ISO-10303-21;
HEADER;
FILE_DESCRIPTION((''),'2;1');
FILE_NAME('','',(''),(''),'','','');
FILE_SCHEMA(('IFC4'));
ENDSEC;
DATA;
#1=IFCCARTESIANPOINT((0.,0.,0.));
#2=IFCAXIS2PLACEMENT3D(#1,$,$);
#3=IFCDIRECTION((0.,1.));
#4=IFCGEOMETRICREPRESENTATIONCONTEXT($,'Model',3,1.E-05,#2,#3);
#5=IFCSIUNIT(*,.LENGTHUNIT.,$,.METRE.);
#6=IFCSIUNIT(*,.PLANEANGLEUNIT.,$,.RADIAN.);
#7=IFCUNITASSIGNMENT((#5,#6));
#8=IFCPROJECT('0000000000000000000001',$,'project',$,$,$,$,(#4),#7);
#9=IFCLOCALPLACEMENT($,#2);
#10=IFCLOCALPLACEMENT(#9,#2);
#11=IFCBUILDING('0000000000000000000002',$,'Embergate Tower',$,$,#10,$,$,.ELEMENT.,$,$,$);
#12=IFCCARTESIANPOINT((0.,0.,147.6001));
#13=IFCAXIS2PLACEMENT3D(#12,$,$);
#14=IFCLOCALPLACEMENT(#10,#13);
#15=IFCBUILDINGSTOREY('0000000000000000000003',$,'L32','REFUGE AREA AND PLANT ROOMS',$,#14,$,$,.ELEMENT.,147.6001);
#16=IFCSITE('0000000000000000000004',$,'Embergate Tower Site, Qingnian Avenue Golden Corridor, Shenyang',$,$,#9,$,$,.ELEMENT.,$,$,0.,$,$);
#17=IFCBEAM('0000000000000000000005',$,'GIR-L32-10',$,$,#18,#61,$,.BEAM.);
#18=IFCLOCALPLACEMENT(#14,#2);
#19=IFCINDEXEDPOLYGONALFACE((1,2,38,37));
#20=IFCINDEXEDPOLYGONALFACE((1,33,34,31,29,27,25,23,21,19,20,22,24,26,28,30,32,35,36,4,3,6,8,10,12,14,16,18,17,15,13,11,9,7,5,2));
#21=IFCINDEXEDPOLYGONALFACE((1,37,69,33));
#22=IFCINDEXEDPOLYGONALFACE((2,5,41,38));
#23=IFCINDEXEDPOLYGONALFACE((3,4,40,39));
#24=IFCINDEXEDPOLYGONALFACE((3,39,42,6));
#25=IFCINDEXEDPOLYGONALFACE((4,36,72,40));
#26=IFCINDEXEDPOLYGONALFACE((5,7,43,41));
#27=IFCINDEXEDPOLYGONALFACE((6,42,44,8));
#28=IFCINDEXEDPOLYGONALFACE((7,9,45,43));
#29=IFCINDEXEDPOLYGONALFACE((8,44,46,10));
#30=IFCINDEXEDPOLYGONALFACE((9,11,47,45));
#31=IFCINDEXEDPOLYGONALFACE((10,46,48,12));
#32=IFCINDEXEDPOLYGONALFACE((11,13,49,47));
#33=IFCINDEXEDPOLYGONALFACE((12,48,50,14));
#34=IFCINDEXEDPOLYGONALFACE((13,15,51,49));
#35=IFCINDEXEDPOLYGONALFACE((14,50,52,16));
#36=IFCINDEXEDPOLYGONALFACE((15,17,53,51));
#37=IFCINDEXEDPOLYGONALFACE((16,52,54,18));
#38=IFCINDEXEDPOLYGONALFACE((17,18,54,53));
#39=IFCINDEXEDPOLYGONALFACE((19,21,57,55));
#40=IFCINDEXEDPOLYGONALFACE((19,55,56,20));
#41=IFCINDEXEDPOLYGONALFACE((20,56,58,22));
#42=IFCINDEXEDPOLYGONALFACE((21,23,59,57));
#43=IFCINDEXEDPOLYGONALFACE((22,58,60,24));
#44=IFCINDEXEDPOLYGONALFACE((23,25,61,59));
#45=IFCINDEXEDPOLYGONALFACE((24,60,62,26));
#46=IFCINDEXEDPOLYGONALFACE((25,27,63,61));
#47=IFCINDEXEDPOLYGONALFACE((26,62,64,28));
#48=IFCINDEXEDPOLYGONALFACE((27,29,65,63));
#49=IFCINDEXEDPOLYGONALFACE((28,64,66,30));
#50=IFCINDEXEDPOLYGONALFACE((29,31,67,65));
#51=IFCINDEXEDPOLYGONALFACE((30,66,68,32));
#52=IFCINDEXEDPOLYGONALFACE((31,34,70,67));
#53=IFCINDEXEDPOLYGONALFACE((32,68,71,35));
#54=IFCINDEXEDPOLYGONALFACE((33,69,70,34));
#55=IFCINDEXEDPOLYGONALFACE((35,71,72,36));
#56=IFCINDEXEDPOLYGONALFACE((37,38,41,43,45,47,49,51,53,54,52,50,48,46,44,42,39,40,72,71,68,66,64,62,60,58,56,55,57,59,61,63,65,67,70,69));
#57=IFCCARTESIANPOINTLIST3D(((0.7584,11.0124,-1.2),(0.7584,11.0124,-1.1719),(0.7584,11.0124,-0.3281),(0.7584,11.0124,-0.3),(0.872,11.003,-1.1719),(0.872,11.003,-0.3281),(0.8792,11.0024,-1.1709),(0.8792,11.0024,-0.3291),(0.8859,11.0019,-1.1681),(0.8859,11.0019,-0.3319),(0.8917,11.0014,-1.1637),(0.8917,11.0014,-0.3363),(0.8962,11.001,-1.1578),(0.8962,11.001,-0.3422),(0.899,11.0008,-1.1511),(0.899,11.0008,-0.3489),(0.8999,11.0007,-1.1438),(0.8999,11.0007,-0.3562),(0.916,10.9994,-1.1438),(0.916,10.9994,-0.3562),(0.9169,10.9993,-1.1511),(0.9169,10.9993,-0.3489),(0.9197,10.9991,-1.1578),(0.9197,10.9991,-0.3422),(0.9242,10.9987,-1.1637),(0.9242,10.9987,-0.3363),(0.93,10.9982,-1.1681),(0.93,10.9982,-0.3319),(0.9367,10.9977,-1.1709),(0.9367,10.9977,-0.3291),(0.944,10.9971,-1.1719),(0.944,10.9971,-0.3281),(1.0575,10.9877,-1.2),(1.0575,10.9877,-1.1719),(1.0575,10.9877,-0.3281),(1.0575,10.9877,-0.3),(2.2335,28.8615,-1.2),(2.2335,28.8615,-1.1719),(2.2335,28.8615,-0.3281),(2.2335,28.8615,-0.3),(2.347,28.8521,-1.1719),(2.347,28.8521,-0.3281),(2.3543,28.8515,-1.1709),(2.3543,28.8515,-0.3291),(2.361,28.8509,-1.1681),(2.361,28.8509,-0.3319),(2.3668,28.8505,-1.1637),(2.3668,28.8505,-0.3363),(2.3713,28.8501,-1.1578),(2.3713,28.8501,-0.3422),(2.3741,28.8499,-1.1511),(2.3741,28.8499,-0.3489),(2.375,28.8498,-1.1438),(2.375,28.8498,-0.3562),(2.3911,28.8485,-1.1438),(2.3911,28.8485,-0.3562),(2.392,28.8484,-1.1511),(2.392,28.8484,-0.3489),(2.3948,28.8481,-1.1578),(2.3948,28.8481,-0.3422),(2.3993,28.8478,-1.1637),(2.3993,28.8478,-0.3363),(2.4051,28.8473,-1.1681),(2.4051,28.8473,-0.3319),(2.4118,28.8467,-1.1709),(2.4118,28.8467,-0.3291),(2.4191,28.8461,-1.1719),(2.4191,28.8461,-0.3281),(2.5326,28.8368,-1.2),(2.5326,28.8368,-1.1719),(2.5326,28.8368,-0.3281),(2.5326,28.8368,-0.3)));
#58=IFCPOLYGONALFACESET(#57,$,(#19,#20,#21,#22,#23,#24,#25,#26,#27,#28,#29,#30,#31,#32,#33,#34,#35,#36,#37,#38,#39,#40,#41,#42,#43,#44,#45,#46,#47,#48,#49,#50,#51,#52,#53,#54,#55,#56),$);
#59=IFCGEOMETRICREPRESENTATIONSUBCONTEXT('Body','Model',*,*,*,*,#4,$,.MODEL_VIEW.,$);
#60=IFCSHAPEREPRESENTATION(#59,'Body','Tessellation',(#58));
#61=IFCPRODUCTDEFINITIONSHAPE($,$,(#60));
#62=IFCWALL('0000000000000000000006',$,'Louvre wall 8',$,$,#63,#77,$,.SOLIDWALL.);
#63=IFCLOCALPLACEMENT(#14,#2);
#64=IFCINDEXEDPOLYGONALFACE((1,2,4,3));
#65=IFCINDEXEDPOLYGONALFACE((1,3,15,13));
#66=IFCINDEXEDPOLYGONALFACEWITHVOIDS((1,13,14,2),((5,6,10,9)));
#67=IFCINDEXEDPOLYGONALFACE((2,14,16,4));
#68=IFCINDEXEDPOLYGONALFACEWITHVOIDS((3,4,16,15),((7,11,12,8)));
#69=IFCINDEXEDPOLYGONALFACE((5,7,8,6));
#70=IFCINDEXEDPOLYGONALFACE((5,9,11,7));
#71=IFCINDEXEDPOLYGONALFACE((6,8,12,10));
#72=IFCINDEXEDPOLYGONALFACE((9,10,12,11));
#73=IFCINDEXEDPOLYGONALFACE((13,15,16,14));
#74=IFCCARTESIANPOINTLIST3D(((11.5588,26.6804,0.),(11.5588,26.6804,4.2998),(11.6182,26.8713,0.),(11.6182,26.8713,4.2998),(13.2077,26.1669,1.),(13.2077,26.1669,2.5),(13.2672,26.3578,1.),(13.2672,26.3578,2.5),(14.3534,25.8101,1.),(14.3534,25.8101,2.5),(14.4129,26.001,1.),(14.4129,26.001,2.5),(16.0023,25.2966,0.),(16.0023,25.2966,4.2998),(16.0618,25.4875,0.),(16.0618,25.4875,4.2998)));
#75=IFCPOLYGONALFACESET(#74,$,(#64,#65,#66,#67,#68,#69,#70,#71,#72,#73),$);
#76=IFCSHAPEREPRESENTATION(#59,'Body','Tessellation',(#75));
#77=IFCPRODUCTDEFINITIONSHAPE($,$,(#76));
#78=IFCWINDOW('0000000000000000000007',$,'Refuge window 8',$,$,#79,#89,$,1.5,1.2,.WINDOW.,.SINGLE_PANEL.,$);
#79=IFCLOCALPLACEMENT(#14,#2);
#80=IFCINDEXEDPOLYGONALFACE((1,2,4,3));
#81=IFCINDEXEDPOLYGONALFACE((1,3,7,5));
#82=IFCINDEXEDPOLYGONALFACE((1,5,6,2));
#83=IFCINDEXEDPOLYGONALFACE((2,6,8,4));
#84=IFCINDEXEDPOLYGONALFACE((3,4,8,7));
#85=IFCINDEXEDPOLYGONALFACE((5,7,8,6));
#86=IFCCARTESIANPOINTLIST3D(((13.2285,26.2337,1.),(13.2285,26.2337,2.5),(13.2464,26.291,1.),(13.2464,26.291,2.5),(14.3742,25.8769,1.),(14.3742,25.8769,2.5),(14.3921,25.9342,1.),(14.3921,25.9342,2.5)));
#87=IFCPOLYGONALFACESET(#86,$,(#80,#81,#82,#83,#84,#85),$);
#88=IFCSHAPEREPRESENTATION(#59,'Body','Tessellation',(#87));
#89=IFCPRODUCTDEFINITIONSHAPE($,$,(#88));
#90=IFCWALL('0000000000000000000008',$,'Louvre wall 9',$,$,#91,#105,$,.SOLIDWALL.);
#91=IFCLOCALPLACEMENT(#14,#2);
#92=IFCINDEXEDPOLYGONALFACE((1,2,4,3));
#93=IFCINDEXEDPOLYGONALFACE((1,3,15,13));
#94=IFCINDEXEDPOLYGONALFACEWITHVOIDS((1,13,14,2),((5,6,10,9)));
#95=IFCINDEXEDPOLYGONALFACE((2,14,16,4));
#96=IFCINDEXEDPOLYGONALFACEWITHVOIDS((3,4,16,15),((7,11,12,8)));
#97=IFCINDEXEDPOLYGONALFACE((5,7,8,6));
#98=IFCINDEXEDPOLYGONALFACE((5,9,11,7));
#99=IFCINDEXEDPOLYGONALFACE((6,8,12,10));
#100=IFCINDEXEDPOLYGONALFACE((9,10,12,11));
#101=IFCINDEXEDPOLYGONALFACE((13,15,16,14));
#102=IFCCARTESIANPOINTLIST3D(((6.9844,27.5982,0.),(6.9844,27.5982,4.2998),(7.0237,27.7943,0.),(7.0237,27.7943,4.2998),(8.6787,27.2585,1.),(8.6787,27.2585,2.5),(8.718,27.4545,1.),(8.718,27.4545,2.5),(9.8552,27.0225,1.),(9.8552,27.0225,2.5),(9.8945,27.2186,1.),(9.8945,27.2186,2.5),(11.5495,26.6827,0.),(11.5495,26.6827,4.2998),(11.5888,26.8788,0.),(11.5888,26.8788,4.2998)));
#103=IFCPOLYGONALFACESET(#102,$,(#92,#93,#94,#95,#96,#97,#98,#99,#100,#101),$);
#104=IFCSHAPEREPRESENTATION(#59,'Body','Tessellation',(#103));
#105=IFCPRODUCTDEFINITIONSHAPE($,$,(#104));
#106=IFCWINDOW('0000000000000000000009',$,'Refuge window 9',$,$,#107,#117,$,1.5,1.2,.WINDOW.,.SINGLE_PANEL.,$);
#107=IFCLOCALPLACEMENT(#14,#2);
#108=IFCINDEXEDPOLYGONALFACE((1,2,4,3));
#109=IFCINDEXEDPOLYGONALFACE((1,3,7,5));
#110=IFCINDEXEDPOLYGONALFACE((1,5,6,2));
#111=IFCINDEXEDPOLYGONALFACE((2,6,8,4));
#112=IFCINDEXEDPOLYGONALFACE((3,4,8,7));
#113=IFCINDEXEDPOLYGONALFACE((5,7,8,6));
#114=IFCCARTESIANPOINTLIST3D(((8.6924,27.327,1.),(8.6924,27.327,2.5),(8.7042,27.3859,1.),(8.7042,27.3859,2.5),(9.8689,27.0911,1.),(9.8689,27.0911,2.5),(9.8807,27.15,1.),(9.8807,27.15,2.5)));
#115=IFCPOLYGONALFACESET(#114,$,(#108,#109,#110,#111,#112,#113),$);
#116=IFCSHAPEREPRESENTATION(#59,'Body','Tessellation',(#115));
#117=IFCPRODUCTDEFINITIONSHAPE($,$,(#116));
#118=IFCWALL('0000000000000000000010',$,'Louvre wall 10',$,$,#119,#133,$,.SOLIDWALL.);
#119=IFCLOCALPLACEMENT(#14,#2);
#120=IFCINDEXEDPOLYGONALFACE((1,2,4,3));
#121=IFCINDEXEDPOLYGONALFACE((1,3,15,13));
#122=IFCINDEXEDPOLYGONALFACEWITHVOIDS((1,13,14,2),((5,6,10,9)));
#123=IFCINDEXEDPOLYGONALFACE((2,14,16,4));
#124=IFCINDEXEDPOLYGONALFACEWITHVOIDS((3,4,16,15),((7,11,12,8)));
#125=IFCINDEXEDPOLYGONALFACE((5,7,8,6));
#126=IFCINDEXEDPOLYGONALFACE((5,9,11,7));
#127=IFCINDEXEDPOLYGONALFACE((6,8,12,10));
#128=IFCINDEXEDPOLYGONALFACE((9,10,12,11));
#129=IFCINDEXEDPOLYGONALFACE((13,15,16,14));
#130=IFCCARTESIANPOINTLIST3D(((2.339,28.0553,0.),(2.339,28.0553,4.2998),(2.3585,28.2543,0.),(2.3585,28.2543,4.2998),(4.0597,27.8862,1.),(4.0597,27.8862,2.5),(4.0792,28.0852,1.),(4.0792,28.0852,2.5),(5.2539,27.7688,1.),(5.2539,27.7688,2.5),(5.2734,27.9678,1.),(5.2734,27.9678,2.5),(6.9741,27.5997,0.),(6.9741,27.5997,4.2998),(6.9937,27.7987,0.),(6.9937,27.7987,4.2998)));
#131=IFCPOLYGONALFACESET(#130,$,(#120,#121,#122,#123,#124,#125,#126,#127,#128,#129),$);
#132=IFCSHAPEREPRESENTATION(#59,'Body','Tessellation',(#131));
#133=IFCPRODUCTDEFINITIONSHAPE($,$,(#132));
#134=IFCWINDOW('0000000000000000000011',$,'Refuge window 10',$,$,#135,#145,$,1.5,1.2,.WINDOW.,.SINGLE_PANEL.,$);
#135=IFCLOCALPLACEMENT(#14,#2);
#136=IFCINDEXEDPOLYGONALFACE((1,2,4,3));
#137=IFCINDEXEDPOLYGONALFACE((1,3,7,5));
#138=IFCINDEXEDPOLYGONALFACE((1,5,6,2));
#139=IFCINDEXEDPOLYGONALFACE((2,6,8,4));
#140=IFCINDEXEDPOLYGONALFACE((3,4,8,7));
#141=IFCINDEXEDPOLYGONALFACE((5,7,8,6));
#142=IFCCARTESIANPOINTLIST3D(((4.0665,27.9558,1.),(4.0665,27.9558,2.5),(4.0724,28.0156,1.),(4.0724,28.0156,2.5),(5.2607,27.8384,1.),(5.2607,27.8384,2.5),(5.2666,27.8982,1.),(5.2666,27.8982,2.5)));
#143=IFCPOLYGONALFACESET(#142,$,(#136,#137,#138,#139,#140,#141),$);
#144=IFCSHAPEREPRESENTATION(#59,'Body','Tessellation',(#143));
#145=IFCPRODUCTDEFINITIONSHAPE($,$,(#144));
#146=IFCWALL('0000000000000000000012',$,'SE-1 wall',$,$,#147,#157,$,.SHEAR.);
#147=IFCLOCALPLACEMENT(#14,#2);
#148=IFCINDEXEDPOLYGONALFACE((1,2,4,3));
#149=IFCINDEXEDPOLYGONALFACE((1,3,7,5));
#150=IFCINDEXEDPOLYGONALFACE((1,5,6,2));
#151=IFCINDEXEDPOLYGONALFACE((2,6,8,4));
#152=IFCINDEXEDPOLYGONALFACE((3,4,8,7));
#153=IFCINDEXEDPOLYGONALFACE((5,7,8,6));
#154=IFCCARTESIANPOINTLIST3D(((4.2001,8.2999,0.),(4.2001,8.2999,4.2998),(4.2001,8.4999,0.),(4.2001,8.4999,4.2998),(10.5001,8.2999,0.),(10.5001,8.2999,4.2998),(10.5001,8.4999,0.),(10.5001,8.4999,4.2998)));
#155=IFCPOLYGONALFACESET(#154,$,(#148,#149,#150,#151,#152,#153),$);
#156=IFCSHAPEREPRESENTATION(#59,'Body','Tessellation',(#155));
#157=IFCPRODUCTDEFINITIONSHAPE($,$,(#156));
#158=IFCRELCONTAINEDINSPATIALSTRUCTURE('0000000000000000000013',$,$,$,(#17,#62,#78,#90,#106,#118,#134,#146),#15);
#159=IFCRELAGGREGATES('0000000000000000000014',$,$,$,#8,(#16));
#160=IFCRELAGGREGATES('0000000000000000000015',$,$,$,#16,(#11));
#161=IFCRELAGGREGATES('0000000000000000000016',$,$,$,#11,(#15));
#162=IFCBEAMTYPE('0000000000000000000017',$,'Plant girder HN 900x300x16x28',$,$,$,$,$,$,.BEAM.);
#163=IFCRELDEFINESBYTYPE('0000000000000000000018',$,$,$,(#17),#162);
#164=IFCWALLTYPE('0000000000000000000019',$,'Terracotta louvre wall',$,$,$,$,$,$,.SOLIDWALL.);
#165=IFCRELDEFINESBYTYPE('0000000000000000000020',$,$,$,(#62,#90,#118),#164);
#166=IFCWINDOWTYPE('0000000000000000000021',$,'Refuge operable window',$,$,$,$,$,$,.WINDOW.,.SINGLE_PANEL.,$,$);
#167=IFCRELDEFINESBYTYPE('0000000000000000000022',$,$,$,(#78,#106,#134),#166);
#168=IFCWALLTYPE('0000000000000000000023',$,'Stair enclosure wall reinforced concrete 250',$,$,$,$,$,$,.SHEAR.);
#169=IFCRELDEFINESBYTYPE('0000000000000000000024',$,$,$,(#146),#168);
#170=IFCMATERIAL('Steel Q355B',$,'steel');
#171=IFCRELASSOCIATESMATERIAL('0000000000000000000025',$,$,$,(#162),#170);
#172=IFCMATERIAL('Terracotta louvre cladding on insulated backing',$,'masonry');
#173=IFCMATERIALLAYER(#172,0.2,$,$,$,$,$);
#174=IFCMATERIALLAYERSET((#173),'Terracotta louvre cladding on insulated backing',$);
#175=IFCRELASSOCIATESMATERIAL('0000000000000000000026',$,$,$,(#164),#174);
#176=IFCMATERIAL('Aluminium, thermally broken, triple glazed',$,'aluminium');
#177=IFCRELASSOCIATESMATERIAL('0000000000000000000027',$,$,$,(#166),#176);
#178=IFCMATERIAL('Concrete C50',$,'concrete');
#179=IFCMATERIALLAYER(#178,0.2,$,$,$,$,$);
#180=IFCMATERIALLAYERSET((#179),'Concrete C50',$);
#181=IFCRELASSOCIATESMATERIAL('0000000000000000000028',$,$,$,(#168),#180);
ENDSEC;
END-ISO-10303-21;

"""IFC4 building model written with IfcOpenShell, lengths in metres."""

from ifc_helpers import new_model, si_unit, direction, frame, frame_2d, origin, origin_2d, place, context, subcontext, project, spatial, rectangle, i_section, extrude, source, transform, mapped, material, layer, layer_set, material_profile, profile_set, type_object, element, fill, save


model = new_model("IFC4")

# Units and contexts
model_context = context("Model", 3, precision=1e-05, world=origin(), true_north=direction((0.0, 1.0)))
body_context = subcontext(model_context, "Body", "Model", "MODEL_VIEW")
ifc_project = project(units=[si_unit("LENGTHUNIT", "METRE"), si_unit("PLANEANGLEUNIT", "RADIAN")], contexts=[model_context])

# Site, building, storey
site_placement = place(None, origin())
site = spatial("IfcSite", under=ifc_project, at=site_placement, Name="Embergate Tower Site, Qingnian Avenue Golden Corridor, Shenyang", CompositionType="ELEMENT", RefElevation=0.0)
building_placement = place(site_placement, origin())
building = spatial("IfcBuilding", under=site, at=building_placement, Name="Embergate Tower", CompositionType="ELEMENT")
storey_placement = place(building_placement, frame((0.0, 0.0, 147.6001)))
storey = spatial("IfcBuildingStorey", under=building, at=storey_placement, Name="L32", Description="REFUGE AREA AND PLANT ROOMS", CompositionType="ELEMENT", Elevation=147.6001)

# Beam
ifc_material_1 = material(Name="Steel Q355B", Category="steel")
ifc_material_profile_1 = material_profile(ifc_material_1, i_section(OverallWidth=0.3, OverallDepth=0.8999, WebThickness=0.0161, FlangeThickness=0.0281, FilletRadius=0.0281, at=origin_2d()), Name="HN 900x300x16x28")
ifc_profile_set_1 = profile_set([ifc_material_profile_1], Name="Steel Q355 grade B")
beam_type_1 = type_object("IfcBeamType", Name="Plant girder HN 900x300x16x28", PredefinedType="BEAM", material=ifc_profile_set_1)
shared_shape_1 = source(origin(), body_context, "Body", "SweptSolid", [
    extrude(i_section(OverallWidth=0.3, OverallDepth=0.8999, WebThickness=0.0161, FlangeThickness=0.0281, FilletRadius=0.0281, at=origin_2d()), origin(), (0.0, 0.0, 1.0), 17.9099),
])
beam_1_placement = place(storey_placement, frame((2.3831, 28.8491, -0.75), z_axis=(-0.082362, -0.996602, 0.0), x_axis=(0.996602, -0.082362, 0.0)))
element("IfcBeam", 1, at=beam_1_placement, inside=storey, type_object=beam_type_1, Name="GIR-L32-10", PredefinedType="BEAM", context=body_context, shape_type="MappedRepresentation", body=[
    mapped(shared_shape_1, transform((0.0, 0.0, 0.0))),
])

# Walls, openings, windows
ifc_material_2 = material(Name="Terracotta louvre cladding on insulated backing", Category="masonry")
ifc_layer_1 = layer(ifc_material_2, 0.2)
ifc_layer_set_1 = layer_set([ifc_layer_1], Name="Terracotta louvre cladding on insulated backing")
wall_type_1 = type_object("IfcWallType", Name="Terracotta louvre wall", PredefinedType="SOLIDWALL", material=ifc_layer_set_1)
shared_shape_2 = source(origin(), body_context, "Body", "SweptSolid", [
    extrude(rectangle(XDim=4.6541, YDim=0.2, at=frame_2d((2.3271, 0.0))), origin(), (0.0, 0.0, 1.0), 4.2998),
])
wall_1_placement = place(storey_placement, frame((11.5884, 26.7759, 0.0), z_axis=(0.0, 0.0, 1.0), x_axis=(0.954775, -0.297328, 0.0)))
wall_1 = element("IfcWall", 2, at=wall_1_placement, inside=storey, type_object=wall_type_1, Name="Louvre wall 8", PredefinedType="SOLIDWALL", context=body_context, shape_type="MappedRepresentation", body=[
    mapped(shared_shape_2, transform((0.0, 0.0, 0.0))),
])
shared_shape_3 = source(origin(), body_context, "Body", "SweptSolid", [
    extrude(rectangle(XDim=1.2, YDim=1.5, at=frame_2d((0.6001, 0.75))), frame((0.0, 0.1099, 0.0), z_axis=(0.0, -1.0, 0.0), x_axis=(1.0, 0.0, 0.0)), (0.0, 0.0, 1.0), 0.22),
])
opening_1_placement = place(wall_1_placement, frame((1.7271, 0.0, 1.0)))
opening_1 = element("IfcOpeningElement", 3, at=opening_1_placement, cuts=wall_1, PredefinedType="OPENING", context=body_context, shape_type="MappedRepresentation", body=[
    mapped(shared_shape_3, transform((0.0, 0.0, 0.0))),
])
ifc_material_3 = material(Name="Aluminium, thermally broken, triple glazed", Category="aluminium")
window_type = type_object("IfcWindowType", Name="Refuge operable window", PartitioningType="SINGLE_PANEL", PredefinedType="WINDOW", material=ifc_material_3)
shared_shape_4 = source(origin(), body_context, "Body", "SweptSolid", [
    extrude(rectangle(XDim=1.2, YDim=1.5, at=frame_2d((0.6001, 0.75))), frame((0.0, 0.03, 0.0), z_axis=(0.0, -1.0, 0.0), x_axis=(1.0, 0.0, 0.0)), (0.0, 0.0, 1.0), 0.0601),
])
window_1_placement = place(opening_1_placement, origin())
window_1 = element("IfcWindow", 4, at=window_1_placement, inside=storey, type_object=window_type, Name="Refuge window 8", OverallHeight=1.5, OverallWidth=1.2, PartitioningType="SINGLE_PANEL", PredefinedType="WINDOW", context=body_context, shape_type="MappedRepresentation", body=[
    mapped(shared_shape_4, transform((0.0, 0.0, 0.0))),
])
fill(opening_1, window_1)
shared_shape_5 = source(origin(), body_context, "Body", "SweptSolid", [
    extrude(rectangle(XDim=4.656, YDim=0.2, at=frame_2d((2.3281, 0.0))), origin(), (0.0, 0.0, 1.0), 4.2998),
])
wall_2_placement = place(storey_placement, frame((7.0039, 27.6963, 0.0), z_axis=(0.0, 0.0, 1.0), x_axis=(0.980478, -0.19663, 0.0)))
wall_2 = element("IfcWall", 5, at=wall_2_placement, inside=storey, type_object=wall_type_1, Name="Louvre wall 9", PredefinedType="SOLIDWALL", context=body_context, shape_type="MappedRepresentation", body=[
    mapped(shared_shape_5, transform((0.0, 0.0, 0.0))),
])
opening_2_placement = place(wall_2_placement, frame((1.728, 0.0, 1.0)))
opening_2 = element("IfcOpeningElement", 6, at=opening_2_placement, cuts=wall_2, PredefinedType="OPENING", context=body_context, shape_type="MappedRepresentation", body=[
    mapped(shared_shape_3, transform((0.0, 0.0, 0.0))),
])
window_2_placement = place(opening_2_placement, origin())
window_2 = element("IfcWindow", 7, at=window_2_placement, inside=storey, type_object=window_type, Name="Refuge window 9", OverallHeight=1.5, OverallWidth=1.2, PartitioningType="SINGLE_PANEL", PredefinedType="WINDOW", context=body_context, shape_type="MappedRepresentation", body=[
    mapped(shared_shape_4, transform((0.0, 0.0, 0.0))),
])
fill(opening_2, window_2)
shared_shape_6 = source(origin(), body_context, "Body", "SweptSolid", [
    extrude(rectangle(XDim=4.6575, YDim=0.2, at=frame_2d((2.3286, 0.0))), origin(), (0.0, 0.0, 1.0), 4.2998),
])
wall_3_placement = place(storey_placement, frame((2.3489, 28.1548, 0.0), z_axis=(0.0, 0.0, 1.0), x_axis=(0.995205, -0.097812, 0.0)))
wall_3 = element("IfcWall", 8, at=wall_3_placement, inside=storey, type_object=wall_type_1, Name="Louvre wall 10", PredefinedType="SOLIDWALL", context=body_context, shape_type="MappedRepresentation", body=[
    mapped(shared_shape_6, transform((0.0, 0.0, 0.0))),
])
opening_3_placement = place(wall_3_placement, frame((1.7288, 0.0, 1.0)))
opening_3 = element("IfcOpeningElement", 9, at=opening_3_placement, cuts=wall_3, PredefinedType="OPENING", context=body_context, shape_type="MappedRepresentation", body=[
    mapped(shared_shape_3, transform((0.0, 0.0, 0.0))),
])
window_3_placement = place(opening_3_placement, origin())
window_3 = element("IfcWindow", 10, at=window_3_placement, inside=storey, type_object=window_type, Name="Refuge window 10", OverallHeight=1.5, OverallWidth=1.2, PartitioningType="SINGLE_PANEL", PredefinedType="WINDOW", context=body_context, shape_type="MappedRepresentation", body=[
    mapped(shared_shape_4, transform((0.0, 0.0, 0.0))),
])
fill(opening_3, window_3)

# Wall
ifc_material_4 = material(Name="Concrete C50", Category="concrete")
ifc_layer_2 = layer(ifc_material_4, 0.2)
ifc_layer_set_2 = layer_set([ifc_layer_2], Name="Concrete C50")
wall_type_2 = type_object("IfcWallType", Name="Stair enclosure wall reinforced concrete 250", PredefinedType="SHEAR", material=ifc_layer_set_2)
shared_shape_7 = source(origin(), body_context, "Body", "SweptSolid", [
    extrude(rectangle(XDim=6.3, YDim=0.2, at=frame_2d((3.1499, 0.0))), origin(), (0.0, 0.0, 1.0), 4.2998),
])
wall_4_placement = place(storey_placement, frame((10.5, 8.3999, 0.0), z_axis=(0.0, 0.0, 1.0), x_axis=(-1.0, 0.0, 0.0)))
element("IfcWall", 11, at=wall_4_placement, inside=storey, type_object=wall_type_2, Name="SE-1 wall", PredefinedType="SHEAR", context=body_context, shape_type="MappedRepresentation", body=[
    mapped(shared_shape_7, transform((0.0, 0.0, 0.0))),
])

save(model, "model.ifc")
